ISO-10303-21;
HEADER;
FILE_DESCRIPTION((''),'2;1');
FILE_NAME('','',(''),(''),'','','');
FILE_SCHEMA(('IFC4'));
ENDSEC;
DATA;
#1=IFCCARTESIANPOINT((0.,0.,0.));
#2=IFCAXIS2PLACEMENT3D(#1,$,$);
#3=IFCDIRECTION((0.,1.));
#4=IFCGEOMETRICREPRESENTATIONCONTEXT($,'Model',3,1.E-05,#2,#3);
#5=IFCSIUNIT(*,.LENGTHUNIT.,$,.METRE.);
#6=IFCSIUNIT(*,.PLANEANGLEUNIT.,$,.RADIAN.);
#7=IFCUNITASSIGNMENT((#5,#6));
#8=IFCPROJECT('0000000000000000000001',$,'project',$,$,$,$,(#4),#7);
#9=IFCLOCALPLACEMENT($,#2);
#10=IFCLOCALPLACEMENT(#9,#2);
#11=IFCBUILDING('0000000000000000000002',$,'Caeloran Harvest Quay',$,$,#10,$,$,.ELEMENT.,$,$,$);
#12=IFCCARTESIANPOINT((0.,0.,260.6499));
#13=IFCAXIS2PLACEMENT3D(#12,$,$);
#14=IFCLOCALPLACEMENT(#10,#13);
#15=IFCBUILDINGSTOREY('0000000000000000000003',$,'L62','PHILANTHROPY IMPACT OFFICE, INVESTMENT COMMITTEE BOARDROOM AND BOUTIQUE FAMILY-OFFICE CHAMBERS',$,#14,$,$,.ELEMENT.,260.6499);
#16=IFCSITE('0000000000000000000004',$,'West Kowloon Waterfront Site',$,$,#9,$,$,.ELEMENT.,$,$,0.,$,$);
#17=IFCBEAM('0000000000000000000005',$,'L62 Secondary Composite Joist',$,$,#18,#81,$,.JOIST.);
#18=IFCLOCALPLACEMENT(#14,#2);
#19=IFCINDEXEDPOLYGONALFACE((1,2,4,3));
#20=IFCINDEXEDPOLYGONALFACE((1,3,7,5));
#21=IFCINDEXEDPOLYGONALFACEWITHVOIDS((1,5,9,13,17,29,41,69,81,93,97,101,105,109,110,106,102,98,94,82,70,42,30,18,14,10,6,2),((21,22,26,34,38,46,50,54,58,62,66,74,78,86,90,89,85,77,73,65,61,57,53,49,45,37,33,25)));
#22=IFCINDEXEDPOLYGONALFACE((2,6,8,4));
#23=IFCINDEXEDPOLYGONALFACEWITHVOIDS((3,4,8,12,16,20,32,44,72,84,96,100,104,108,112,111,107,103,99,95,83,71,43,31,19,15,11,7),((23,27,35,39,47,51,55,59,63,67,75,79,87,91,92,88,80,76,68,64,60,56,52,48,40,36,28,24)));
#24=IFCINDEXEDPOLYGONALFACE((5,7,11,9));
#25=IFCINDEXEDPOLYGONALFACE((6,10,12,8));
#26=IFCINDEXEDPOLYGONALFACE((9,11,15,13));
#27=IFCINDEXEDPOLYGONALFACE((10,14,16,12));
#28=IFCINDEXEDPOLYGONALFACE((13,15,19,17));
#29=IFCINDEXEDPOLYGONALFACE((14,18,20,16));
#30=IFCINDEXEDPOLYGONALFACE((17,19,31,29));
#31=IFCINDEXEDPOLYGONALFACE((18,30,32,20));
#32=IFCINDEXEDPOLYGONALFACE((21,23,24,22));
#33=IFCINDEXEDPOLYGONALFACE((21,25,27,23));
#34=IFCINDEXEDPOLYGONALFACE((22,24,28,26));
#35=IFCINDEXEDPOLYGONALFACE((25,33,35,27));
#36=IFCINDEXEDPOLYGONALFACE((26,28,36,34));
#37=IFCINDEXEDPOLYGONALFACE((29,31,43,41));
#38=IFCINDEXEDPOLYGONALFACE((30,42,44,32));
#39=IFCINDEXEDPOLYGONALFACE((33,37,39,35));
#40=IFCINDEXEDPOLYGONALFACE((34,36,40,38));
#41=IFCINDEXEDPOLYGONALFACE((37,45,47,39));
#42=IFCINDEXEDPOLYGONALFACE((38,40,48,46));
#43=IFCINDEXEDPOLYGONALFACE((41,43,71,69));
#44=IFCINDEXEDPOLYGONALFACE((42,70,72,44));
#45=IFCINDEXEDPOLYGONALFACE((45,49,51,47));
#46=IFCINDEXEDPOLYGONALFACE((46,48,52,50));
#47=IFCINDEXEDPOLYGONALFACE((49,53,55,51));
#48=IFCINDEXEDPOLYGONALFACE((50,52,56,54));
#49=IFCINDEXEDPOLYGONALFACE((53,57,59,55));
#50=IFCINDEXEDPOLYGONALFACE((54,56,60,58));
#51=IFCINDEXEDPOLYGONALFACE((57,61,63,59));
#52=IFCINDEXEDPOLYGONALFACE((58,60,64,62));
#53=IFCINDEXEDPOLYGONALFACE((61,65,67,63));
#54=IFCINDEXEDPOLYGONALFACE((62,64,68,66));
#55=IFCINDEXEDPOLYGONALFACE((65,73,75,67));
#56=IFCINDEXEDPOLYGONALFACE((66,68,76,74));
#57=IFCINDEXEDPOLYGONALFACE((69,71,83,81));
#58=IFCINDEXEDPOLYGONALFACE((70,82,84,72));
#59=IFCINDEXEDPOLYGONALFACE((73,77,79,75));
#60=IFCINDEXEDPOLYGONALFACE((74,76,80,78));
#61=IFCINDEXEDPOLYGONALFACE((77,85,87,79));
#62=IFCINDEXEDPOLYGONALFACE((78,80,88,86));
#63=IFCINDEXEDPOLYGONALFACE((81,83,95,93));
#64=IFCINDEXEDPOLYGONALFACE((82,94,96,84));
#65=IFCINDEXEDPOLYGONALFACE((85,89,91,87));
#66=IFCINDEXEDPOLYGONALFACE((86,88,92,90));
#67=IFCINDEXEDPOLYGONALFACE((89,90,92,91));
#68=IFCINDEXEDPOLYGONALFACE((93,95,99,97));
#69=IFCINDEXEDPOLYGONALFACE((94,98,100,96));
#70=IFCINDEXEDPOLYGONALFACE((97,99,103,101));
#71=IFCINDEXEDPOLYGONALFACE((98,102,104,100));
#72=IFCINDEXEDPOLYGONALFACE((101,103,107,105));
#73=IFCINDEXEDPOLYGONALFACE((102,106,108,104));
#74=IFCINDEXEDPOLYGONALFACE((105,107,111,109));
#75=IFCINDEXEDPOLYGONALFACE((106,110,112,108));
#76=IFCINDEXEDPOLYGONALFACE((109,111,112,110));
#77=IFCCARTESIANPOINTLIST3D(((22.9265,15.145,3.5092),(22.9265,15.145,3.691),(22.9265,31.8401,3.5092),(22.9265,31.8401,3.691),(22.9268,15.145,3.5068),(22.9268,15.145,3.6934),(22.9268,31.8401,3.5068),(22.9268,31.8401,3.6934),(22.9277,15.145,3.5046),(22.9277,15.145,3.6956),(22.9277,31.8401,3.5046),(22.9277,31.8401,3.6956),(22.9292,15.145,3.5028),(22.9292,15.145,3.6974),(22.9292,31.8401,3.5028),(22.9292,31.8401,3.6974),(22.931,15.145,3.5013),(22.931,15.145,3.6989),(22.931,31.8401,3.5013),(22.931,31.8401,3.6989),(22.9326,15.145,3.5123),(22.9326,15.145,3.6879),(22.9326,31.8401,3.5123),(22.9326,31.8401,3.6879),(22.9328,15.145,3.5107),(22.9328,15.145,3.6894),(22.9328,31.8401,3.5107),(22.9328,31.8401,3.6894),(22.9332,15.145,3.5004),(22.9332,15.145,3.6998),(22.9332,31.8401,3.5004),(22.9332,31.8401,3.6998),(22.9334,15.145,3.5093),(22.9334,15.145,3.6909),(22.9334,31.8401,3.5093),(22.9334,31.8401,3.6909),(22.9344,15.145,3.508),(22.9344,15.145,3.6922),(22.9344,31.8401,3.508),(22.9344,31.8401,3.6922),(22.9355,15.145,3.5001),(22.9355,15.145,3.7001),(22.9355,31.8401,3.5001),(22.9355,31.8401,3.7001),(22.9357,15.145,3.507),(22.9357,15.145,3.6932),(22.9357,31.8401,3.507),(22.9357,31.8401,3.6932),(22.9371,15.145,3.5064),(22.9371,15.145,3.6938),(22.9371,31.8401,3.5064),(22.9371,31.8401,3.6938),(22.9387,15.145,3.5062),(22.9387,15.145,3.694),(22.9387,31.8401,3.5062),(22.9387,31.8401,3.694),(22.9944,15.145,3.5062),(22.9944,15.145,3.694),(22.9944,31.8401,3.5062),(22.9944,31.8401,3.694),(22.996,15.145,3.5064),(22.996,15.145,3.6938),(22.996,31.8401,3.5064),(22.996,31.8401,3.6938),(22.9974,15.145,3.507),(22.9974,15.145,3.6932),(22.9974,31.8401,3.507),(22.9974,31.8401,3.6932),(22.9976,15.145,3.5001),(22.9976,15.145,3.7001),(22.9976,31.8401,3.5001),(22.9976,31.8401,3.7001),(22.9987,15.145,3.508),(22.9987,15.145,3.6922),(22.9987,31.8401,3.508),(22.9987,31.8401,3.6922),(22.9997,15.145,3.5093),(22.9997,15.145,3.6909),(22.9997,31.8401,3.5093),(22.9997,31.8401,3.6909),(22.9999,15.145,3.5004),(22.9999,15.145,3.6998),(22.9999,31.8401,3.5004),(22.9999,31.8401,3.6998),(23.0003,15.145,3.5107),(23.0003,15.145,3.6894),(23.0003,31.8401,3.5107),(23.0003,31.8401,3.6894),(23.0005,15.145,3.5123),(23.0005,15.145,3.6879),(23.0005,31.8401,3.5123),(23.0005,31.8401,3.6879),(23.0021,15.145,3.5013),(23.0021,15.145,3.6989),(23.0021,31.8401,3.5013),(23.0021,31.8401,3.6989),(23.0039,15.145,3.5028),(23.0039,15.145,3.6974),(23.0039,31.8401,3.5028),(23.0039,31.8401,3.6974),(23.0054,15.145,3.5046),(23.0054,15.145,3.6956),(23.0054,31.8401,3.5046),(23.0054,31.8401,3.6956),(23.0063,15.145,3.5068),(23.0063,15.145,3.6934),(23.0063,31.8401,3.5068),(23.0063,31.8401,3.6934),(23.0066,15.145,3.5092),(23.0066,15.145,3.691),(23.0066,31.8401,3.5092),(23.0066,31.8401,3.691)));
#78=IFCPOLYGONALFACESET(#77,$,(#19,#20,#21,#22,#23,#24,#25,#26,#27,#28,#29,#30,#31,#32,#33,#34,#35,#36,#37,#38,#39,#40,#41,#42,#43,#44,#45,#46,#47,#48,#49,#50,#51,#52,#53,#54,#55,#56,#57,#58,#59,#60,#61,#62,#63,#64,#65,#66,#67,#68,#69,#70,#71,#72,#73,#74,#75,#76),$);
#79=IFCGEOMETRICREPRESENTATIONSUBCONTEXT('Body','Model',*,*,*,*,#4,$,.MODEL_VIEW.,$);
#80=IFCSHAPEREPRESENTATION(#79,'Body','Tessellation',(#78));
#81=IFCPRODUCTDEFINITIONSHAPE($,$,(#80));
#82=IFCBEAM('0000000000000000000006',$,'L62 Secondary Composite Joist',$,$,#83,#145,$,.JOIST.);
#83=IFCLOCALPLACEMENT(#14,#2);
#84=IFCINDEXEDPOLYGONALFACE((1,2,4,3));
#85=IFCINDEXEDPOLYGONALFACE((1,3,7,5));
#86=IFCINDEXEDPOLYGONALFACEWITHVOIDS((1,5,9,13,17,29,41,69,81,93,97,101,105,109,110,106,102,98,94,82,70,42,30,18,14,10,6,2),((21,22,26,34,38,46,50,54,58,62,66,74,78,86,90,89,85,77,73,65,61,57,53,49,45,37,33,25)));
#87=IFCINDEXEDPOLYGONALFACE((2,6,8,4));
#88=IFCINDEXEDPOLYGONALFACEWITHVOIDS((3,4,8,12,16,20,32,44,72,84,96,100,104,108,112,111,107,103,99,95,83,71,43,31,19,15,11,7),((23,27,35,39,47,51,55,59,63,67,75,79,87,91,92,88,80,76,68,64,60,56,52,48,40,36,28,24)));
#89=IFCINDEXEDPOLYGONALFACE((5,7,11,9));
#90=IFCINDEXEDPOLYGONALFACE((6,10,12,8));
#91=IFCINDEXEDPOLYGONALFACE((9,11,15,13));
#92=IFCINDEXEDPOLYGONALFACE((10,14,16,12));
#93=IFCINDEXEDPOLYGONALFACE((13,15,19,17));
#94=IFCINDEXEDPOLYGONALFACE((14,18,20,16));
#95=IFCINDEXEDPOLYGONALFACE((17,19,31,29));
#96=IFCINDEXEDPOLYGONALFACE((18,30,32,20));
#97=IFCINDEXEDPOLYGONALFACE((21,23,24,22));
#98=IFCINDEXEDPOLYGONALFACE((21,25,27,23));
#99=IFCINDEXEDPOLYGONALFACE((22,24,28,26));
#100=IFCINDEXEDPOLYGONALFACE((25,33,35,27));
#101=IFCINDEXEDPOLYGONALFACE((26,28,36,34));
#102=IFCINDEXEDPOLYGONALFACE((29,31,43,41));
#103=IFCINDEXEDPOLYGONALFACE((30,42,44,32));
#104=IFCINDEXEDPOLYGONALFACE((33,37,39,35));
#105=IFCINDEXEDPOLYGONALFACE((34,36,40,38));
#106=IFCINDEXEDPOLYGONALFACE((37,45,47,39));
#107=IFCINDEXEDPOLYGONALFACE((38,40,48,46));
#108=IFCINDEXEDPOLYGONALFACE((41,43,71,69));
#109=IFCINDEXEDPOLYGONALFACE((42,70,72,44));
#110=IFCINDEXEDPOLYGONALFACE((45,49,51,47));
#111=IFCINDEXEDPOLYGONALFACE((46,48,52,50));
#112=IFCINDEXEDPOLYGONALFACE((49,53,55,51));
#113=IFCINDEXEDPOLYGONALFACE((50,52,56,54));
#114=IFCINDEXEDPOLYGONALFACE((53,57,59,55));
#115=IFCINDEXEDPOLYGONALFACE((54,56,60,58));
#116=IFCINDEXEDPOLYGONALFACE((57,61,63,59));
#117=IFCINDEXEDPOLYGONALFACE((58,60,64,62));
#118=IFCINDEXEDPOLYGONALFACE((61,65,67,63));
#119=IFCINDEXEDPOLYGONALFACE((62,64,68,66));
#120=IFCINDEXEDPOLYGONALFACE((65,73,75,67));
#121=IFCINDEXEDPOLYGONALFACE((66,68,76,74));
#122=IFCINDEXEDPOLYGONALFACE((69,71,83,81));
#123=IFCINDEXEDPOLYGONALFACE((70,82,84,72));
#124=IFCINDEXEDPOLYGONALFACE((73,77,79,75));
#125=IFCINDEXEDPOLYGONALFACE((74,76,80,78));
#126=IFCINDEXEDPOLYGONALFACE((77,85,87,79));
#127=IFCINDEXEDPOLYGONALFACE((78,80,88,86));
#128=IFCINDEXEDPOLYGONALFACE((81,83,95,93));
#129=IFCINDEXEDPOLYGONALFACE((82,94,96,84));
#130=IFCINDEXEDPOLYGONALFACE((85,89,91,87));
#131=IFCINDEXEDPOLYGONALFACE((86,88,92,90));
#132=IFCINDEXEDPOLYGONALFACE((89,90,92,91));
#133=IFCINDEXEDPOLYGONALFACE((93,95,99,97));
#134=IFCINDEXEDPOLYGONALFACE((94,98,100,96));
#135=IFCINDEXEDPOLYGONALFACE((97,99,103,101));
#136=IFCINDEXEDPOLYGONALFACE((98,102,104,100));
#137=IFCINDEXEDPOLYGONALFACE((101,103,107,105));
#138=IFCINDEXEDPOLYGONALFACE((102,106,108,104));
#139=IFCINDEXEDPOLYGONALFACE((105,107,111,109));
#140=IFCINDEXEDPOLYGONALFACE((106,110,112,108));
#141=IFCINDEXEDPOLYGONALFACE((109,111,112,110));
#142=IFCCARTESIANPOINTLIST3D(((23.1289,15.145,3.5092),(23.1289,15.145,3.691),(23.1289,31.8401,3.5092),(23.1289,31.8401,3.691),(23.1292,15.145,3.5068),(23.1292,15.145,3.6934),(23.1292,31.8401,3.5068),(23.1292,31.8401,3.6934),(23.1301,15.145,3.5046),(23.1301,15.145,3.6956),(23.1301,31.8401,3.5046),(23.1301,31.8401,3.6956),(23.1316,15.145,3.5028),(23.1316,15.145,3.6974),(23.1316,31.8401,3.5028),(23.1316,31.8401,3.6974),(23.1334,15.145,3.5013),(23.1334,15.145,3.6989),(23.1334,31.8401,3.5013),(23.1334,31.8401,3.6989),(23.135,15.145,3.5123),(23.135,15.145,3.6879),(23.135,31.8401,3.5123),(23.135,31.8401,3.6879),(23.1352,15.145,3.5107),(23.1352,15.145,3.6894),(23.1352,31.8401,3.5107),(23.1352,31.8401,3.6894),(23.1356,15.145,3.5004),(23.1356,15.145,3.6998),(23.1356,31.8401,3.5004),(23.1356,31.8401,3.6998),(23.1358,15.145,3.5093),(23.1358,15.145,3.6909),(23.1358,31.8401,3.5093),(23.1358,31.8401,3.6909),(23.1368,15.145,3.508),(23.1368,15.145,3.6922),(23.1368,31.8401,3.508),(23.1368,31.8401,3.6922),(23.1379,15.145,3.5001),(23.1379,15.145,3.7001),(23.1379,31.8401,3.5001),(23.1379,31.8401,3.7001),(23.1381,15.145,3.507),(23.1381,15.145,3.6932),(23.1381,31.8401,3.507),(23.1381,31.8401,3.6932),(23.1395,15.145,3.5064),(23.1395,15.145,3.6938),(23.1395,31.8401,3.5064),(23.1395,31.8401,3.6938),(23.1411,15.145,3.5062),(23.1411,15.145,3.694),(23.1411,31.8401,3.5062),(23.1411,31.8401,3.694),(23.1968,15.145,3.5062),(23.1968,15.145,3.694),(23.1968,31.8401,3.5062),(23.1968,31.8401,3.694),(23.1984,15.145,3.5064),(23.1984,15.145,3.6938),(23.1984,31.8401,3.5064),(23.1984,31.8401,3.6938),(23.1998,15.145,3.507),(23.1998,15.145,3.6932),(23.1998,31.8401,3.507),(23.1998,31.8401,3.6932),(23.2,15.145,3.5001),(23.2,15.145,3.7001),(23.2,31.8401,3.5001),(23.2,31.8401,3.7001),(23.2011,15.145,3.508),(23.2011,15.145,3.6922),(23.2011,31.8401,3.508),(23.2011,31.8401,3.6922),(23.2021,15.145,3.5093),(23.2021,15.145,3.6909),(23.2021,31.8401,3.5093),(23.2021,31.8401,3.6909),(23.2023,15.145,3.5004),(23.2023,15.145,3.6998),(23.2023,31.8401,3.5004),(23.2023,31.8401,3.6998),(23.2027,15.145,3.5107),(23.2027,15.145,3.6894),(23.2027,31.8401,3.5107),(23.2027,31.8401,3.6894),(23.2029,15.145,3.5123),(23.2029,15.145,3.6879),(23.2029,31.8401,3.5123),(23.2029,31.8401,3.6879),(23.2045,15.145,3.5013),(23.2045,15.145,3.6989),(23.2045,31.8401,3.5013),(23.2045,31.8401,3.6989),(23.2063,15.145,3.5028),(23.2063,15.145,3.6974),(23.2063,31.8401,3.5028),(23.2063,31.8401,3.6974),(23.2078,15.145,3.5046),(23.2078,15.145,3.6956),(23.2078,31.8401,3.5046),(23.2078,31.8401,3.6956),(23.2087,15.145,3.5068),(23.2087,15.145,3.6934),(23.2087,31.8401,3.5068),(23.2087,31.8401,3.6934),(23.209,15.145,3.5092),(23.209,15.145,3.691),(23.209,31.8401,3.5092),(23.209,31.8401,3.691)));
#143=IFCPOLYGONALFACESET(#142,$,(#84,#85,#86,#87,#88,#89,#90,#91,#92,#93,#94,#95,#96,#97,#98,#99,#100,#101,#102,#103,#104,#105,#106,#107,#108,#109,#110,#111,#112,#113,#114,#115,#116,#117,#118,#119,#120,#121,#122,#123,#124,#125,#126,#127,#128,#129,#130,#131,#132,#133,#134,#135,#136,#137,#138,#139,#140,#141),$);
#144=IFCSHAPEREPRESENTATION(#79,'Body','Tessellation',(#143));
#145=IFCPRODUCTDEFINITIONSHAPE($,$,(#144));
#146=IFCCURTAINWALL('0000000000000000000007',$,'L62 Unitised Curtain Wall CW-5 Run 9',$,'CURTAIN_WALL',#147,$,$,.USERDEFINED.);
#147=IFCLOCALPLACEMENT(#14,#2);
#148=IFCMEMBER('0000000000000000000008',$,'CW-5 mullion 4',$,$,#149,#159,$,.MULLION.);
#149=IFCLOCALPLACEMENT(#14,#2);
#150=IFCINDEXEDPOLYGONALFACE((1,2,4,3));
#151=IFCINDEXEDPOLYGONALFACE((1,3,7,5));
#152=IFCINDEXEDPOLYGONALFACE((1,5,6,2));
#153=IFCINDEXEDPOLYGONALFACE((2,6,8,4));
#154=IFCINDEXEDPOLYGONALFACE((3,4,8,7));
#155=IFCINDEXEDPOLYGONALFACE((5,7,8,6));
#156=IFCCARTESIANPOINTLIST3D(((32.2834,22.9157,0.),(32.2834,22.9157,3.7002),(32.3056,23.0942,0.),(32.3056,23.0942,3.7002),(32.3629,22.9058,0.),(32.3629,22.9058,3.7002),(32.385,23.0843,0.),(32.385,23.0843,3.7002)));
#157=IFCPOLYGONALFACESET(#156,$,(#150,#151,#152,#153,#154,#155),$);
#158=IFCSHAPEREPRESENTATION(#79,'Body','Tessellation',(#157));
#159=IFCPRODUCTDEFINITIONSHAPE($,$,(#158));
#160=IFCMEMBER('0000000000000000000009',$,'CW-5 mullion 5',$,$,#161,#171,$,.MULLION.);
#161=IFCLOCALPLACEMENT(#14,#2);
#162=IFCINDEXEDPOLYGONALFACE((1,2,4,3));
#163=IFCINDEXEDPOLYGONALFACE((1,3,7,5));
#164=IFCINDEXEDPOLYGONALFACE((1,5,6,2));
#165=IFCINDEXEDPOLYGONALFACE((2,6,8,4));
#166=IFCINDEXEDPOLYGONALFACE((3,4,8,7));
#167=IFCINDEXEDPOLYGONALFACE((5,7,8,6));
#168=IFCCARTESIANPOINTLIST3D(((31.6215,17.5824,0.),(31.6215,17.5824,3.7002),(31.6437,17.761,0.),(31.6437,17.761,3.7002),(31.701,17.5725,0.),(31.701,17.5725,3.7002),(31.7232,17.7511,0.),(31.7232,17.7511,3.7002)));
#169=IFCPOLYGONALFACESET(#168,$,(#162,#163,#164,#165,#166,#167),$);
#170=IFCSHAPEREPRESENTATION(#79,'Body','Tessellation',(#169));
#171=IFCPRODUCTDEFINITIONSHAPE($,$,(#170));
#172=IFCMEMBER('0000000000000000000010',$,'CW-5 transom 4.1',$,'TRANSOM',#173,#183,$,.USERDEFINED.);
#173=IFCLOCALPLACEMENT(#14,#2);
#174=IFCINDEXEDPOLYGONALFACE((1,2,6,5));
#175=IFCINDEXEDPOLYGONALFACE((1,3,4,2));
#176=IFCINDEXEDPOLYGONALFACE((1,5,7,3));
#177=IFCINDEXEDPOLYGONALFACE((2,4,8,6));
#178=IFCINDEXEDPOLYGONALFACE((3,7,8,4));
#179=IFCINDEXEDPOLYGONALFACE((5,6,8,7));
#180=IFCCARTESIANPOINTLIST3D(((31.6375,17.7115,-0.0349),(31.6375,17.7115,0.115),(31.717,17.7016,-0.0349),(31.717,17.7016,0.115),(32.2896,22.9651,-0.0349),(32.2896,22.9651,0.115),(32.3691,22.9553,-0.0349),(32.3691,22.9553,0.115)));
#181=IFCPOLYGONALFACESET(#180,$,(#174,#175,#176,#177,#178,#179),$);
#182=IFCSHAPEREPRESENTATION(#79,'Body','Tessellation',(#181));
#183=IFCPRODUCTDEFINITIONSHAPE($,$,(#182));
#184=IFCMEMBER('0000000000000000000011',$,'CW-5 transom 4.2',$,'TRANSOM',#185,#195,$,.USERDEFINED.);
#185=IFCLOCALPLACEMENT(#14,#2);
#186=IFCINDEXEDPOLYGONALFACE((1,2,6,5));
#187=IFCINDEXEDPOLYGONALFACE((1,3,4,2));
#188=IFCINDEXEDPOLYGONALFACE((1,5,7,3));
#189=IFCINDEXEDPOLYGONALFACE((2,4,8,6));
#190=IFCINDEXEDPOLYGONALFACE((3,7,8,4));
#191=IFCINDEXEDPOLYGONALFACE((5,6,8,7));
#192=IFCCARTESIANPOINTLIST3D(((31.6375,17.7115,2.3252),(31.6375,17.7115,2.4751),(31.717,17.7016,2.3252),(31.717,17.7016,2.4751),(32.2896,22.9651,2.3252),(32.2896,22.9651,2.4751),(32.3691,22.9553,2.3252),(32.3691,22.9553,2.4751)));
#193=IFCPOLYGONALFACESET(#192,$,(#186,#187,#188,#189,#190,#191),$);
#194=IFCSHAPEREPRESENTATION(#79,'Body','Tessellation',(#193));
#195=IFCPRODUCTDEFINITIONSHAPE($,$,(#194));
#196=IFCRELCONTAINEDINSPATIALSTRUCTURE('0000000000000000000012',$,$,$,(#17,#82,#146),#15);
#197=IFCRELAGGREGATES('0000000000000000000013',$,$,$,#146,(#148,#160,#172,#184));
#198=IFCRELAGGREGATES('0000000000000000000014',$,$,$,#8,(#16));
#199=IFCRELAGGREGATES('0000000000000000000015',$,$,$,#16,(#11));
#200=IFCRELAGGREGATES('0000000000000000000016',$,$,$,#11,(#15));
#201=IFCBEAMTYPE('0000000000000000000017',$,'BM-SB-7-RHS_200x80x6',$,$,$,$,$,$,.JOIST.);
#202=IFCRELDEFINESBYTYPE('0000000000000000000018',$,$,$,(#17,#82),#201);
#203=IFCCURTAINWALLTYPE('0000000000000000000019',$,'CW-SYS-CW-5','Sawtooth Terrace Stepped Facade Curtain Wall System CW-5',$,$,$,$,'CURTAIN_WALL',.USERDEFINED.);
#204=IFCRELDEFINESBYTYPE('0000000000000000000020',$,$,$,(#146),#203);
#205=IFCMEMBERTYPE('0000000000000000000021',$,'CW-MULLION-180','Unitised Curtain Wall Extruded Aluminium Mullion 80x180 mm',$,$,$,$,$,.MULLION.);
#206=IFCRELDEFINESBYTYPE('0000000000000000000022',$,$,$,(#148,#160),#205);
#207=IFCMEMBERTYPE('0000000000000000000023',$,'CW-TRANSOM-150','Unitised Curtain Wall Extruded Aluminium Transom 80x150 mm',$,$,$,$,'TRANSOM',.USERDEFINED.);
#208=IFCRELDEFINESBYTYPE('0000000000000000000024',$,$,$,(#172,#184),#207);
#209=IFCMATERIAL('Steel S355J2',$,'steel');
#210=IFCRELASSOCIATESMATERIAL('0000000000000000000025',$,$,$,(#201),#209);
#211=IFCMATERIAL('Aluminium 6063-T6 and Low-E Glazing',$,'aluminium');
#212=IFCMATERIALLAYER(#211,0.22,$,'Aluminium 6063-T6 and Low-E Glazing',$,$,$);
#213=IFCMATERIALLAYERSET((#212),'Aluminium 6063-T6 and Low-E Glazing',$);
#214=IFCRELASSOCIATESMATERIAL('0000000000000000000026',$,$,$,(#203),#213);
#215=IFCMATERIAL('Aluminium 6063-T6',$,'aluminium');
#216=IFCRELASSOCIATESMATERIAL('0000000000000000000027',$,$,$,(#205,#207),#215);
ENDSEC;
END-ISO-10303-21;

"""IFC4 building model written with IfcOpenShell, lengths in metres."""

from ifc_helpers import new_model, si_unit, direction, frame, origin, origin_2d, place, context, subcontext, project, spatial, rectangle, hollow_rectangle, extrude, material, layer, layer_set, material_profile, profile_set, type_object, element, aggregate, save


model = new_model("IFC4")

# Units and contexts
model_context = context("Model", 3, precision=1e-05, world=origin(), true_north=direction((0.0, 1.0)))
body_context = subcontext(model_context, "Body", "Model", "MODEL_VIEW")
ifc_project = project(units=[si_unit("LENGTHUNIT", "METRE"), si_unit("PLANEANGLEUNIT", "RADIAN")], contexts=[model_context])

# Site, building, storey
site_placement = place(None, origin())
site = spatial("IfcSite", under=ifc_project, at=site_placement, Name="West Kowloon Waterfront Site", CompositionType="ELEMENT", RefElevation=0.0)
building_placement = place(site_placement, origin())
building = spatial("IfcBuilding", under=site, at=building_placement, Name="Caeloran Harvest Quay", CompositionType="ELEMENT")
storey_placement = place(building_placement, frame((0.0, 0.0, 260.6499)))
storey = spatial("IfcBuildingStorey", under=building, at=storey_placement, Name="L62", Description="PHILANTHROPY IMPACT OFFICE, INVESTMENT COMMITTEE BOARDROOM AND BOUTIQUE FAMILY-OFFICE CHAMBERS", CompositionType="ELEMENT", Elevation=260.6499)

# Beams
ifc_material_1 = material(Name="Steel S355J2", Category="steel")
ifc_material_profile_1 = material_profile(ifc_material_1, hollow_rectangle(XDim=0.0801, YDim=0.2, WallThickness=0.0061, InnerFilletRadius=0.0061, OuterFilletRadius=0.009, at=origin_2d()), Name="RHS 200x80x6")
ifc_profile_set_1 = profile_set([ifc_material_profile_1], Name="Steel S355J2")
beam_type_1 = type_object("IfcBeamType", Name="BM-SB-7-RHS_200x80x6", PredefinedType="JOIST", material=ifc_profile_set_1)
for number, where, z_axis, x_axis, name in (
    (1, (22.9666, 15.145, 3.6001), (0.0, 1.0, 0.0), (-1.0, 0.0, 0.0), "L62 Secondary Composite Joist"),
    (2, (23.1689, 15.145, 3.6001), (0.0, 1.0, 0.0), (-1.0, 0.0, 0.0), "L62 Secondary Composite Joist"),
):
    element("IfcBeam", number, at=place(storey_placement, frame(where, z_axis=z_axis, x_axis=x_axis)), inside=storey, type_object=beam_type_1, Name=name, PredefinedType="JOIST", context=body_context, shape_type="SweptSolid", body=[
        extrude(hollow_rectangle(XDim=0.0801, YDim=0.2, WallThickness=0.0061, InnerFilletRadius=0.0061, OuterFilletRadius=0.009, at=origin_2d()), origin(), (0.0, 0.0, 1.0), 16.6951),
    ])

# Curtain wall, members
ifc_material_2 = material(Name="Aluminium 6063-T6 and Low-E Glazing", Category="aluminium")
ifc_layer_1 = layer(ifc_material_2, 0.22, Name="Aluminium 6063-T6 and Low-E Glazing")
ifc_layer_set_1 = layer_set([ifc_layer_1], Name="Aluminium 6063-T6 and Low-E Glazing")
curtain_wall_type = type_object("IfcCurtainWallType", Name="CW-SYS-CW-5", Description="Sawtooth Terrace Stepped Facade Curtain Wall System CW-5", ElementType="CURTAIN_WALL", PredefinedType="USERDEFINED", material=ifc_layer_set_1)
curtain_wall_placement = place(storey_placement, origin())
curtain_wall = element("IfcCurtainWall", 3, at=curtain_wall_placement, inside=storey, type_object=curtain_wall_type, Name="L62 Unitised Curtain Wall CW-5 Run 9", ObjectType="CURTAIN_WALL", PredefinedType="USERDEFINED")
ifc_material_3 = material(Name="Aluminium 6063-T6", Category="aluminium")
ifc_material_profile_2 = material_profile(ifc_material_3, rectangle(XDim=0.0801, YDim=0.1799, at=origin_2d()), Name="CW-MULLION-180")
ifc_profile_set_2 = profile_set([ifc_material_profile_2], Name="Aluminium 6063-T6")
member_type_1 = type_object("IfcMemberType", Name="CW-MULLION-180", Description="Unitised Curtain Wall Extruded Aluminium Mullion 80x180 mm", PredefinedType="MULLION", material=ifc_profile_set_2)
member_1_placement = place(storey_placement, frame((32.3342, 23.0, 0.0), z_axis=(0.0, 0.0, 1.0), x_axis=(0.992383, -0.12319, 0.0)))
member_1 = element("IfcMember", 4, at=member_1_placement, type_object=member_type_1, Name="CW-5 mullion 4", PredefinedType="MULLION", context=body_context, shape_type="SweptSolid", body=[
    extrude(rectangle(XDim=0.0801, YDim=0.1799, at=origin_2d()), origin(), (0.0, 0.0, 1.0), 3.7002),
])
member_2_placement = place(storey_placement, frame((31.6724, 17.6667, 0.0), z_axis=(0.0, 0.0, 1.0), x_axis=(0.992383, -0.12319, 0.0)))
member_2 = element("IfcMember", 5, at=member_2_placement, type_object=member_type_1, Name="CW-5 mullion 5", PredefinedType="MULLION", context=body_context, shape_type="SweptSolid", body=[
    extrude(rectangle(XDim=0.0801, YDim=0.1799, at=origin_2d()), origin(), (0.0, 0.0, 1.0), 3.7002),
])
ifc_material_profile_3 = material_profile(ifc_material_3, rectangle(XDim=0.0801, YDim=0.1499, at=origin_2d()), Name="CW-TRANSOM-150")
ifc_profile_set_3 = profile_set([ifc_material_profile_3], Name="Aluminium 6063-T6")
member_type_2 = type_object("IfcMemberType", Name="CW-TRANSOM-150", Description="Unitised Curtain Wall Extruded Aluminium Transom 80x150 mm", ElementType="TRANSOM", PredefinedType="USERDEFINED", material=ifc_profile_set_3)
member_3_placement = place(storey_placement, frame((32.3293, 22.9602, 0.04), z_axis=(-0.123178, -0.992385, 0.0), x_axis=(0.992385, -0.123178, 0.0)))
member_3 = element("IfcMember", 6, at=member_3_placement, type_object=member_type_2, Name="CW-5 transom 4.1", ObjectType="TRANSOM", PredefinedType="USERDEFINED", context=body_context, shape_type="SweptSolid", body=[
    extrude(rectangle(XDim=0.0801, YDim=0.1499, at=origin_2d()), origin(), (0.0, 0.0, 1.0), 5.2939),
])
member_4_placement = place(storey_placement, frame((32.3293, 22.9602, 2.4001), z_axis=(-0.123178, -0.992385, 0.0), x_axis=(0.992385, -0.123178, 0.0)))
member_4 = element("IfcMember", 7, at=member_4_placement, type_object=member_type_2, Name="CW-5 transom 4.2", ObjectType="TRANSOM", PredefinedType="USERDEFINED", context=body_context, shape_type="SweptSolid", body=[
    extrude(rectangle(XDim=0.0801, YDim=0.1499, at=origin_2d()), origin(), (0.0, 0.0, 1.0), 5.2939),
])
aggregate(curtain_wall, [member_1, member_2, member_3, member_4])

save(model, "model.ifc")
